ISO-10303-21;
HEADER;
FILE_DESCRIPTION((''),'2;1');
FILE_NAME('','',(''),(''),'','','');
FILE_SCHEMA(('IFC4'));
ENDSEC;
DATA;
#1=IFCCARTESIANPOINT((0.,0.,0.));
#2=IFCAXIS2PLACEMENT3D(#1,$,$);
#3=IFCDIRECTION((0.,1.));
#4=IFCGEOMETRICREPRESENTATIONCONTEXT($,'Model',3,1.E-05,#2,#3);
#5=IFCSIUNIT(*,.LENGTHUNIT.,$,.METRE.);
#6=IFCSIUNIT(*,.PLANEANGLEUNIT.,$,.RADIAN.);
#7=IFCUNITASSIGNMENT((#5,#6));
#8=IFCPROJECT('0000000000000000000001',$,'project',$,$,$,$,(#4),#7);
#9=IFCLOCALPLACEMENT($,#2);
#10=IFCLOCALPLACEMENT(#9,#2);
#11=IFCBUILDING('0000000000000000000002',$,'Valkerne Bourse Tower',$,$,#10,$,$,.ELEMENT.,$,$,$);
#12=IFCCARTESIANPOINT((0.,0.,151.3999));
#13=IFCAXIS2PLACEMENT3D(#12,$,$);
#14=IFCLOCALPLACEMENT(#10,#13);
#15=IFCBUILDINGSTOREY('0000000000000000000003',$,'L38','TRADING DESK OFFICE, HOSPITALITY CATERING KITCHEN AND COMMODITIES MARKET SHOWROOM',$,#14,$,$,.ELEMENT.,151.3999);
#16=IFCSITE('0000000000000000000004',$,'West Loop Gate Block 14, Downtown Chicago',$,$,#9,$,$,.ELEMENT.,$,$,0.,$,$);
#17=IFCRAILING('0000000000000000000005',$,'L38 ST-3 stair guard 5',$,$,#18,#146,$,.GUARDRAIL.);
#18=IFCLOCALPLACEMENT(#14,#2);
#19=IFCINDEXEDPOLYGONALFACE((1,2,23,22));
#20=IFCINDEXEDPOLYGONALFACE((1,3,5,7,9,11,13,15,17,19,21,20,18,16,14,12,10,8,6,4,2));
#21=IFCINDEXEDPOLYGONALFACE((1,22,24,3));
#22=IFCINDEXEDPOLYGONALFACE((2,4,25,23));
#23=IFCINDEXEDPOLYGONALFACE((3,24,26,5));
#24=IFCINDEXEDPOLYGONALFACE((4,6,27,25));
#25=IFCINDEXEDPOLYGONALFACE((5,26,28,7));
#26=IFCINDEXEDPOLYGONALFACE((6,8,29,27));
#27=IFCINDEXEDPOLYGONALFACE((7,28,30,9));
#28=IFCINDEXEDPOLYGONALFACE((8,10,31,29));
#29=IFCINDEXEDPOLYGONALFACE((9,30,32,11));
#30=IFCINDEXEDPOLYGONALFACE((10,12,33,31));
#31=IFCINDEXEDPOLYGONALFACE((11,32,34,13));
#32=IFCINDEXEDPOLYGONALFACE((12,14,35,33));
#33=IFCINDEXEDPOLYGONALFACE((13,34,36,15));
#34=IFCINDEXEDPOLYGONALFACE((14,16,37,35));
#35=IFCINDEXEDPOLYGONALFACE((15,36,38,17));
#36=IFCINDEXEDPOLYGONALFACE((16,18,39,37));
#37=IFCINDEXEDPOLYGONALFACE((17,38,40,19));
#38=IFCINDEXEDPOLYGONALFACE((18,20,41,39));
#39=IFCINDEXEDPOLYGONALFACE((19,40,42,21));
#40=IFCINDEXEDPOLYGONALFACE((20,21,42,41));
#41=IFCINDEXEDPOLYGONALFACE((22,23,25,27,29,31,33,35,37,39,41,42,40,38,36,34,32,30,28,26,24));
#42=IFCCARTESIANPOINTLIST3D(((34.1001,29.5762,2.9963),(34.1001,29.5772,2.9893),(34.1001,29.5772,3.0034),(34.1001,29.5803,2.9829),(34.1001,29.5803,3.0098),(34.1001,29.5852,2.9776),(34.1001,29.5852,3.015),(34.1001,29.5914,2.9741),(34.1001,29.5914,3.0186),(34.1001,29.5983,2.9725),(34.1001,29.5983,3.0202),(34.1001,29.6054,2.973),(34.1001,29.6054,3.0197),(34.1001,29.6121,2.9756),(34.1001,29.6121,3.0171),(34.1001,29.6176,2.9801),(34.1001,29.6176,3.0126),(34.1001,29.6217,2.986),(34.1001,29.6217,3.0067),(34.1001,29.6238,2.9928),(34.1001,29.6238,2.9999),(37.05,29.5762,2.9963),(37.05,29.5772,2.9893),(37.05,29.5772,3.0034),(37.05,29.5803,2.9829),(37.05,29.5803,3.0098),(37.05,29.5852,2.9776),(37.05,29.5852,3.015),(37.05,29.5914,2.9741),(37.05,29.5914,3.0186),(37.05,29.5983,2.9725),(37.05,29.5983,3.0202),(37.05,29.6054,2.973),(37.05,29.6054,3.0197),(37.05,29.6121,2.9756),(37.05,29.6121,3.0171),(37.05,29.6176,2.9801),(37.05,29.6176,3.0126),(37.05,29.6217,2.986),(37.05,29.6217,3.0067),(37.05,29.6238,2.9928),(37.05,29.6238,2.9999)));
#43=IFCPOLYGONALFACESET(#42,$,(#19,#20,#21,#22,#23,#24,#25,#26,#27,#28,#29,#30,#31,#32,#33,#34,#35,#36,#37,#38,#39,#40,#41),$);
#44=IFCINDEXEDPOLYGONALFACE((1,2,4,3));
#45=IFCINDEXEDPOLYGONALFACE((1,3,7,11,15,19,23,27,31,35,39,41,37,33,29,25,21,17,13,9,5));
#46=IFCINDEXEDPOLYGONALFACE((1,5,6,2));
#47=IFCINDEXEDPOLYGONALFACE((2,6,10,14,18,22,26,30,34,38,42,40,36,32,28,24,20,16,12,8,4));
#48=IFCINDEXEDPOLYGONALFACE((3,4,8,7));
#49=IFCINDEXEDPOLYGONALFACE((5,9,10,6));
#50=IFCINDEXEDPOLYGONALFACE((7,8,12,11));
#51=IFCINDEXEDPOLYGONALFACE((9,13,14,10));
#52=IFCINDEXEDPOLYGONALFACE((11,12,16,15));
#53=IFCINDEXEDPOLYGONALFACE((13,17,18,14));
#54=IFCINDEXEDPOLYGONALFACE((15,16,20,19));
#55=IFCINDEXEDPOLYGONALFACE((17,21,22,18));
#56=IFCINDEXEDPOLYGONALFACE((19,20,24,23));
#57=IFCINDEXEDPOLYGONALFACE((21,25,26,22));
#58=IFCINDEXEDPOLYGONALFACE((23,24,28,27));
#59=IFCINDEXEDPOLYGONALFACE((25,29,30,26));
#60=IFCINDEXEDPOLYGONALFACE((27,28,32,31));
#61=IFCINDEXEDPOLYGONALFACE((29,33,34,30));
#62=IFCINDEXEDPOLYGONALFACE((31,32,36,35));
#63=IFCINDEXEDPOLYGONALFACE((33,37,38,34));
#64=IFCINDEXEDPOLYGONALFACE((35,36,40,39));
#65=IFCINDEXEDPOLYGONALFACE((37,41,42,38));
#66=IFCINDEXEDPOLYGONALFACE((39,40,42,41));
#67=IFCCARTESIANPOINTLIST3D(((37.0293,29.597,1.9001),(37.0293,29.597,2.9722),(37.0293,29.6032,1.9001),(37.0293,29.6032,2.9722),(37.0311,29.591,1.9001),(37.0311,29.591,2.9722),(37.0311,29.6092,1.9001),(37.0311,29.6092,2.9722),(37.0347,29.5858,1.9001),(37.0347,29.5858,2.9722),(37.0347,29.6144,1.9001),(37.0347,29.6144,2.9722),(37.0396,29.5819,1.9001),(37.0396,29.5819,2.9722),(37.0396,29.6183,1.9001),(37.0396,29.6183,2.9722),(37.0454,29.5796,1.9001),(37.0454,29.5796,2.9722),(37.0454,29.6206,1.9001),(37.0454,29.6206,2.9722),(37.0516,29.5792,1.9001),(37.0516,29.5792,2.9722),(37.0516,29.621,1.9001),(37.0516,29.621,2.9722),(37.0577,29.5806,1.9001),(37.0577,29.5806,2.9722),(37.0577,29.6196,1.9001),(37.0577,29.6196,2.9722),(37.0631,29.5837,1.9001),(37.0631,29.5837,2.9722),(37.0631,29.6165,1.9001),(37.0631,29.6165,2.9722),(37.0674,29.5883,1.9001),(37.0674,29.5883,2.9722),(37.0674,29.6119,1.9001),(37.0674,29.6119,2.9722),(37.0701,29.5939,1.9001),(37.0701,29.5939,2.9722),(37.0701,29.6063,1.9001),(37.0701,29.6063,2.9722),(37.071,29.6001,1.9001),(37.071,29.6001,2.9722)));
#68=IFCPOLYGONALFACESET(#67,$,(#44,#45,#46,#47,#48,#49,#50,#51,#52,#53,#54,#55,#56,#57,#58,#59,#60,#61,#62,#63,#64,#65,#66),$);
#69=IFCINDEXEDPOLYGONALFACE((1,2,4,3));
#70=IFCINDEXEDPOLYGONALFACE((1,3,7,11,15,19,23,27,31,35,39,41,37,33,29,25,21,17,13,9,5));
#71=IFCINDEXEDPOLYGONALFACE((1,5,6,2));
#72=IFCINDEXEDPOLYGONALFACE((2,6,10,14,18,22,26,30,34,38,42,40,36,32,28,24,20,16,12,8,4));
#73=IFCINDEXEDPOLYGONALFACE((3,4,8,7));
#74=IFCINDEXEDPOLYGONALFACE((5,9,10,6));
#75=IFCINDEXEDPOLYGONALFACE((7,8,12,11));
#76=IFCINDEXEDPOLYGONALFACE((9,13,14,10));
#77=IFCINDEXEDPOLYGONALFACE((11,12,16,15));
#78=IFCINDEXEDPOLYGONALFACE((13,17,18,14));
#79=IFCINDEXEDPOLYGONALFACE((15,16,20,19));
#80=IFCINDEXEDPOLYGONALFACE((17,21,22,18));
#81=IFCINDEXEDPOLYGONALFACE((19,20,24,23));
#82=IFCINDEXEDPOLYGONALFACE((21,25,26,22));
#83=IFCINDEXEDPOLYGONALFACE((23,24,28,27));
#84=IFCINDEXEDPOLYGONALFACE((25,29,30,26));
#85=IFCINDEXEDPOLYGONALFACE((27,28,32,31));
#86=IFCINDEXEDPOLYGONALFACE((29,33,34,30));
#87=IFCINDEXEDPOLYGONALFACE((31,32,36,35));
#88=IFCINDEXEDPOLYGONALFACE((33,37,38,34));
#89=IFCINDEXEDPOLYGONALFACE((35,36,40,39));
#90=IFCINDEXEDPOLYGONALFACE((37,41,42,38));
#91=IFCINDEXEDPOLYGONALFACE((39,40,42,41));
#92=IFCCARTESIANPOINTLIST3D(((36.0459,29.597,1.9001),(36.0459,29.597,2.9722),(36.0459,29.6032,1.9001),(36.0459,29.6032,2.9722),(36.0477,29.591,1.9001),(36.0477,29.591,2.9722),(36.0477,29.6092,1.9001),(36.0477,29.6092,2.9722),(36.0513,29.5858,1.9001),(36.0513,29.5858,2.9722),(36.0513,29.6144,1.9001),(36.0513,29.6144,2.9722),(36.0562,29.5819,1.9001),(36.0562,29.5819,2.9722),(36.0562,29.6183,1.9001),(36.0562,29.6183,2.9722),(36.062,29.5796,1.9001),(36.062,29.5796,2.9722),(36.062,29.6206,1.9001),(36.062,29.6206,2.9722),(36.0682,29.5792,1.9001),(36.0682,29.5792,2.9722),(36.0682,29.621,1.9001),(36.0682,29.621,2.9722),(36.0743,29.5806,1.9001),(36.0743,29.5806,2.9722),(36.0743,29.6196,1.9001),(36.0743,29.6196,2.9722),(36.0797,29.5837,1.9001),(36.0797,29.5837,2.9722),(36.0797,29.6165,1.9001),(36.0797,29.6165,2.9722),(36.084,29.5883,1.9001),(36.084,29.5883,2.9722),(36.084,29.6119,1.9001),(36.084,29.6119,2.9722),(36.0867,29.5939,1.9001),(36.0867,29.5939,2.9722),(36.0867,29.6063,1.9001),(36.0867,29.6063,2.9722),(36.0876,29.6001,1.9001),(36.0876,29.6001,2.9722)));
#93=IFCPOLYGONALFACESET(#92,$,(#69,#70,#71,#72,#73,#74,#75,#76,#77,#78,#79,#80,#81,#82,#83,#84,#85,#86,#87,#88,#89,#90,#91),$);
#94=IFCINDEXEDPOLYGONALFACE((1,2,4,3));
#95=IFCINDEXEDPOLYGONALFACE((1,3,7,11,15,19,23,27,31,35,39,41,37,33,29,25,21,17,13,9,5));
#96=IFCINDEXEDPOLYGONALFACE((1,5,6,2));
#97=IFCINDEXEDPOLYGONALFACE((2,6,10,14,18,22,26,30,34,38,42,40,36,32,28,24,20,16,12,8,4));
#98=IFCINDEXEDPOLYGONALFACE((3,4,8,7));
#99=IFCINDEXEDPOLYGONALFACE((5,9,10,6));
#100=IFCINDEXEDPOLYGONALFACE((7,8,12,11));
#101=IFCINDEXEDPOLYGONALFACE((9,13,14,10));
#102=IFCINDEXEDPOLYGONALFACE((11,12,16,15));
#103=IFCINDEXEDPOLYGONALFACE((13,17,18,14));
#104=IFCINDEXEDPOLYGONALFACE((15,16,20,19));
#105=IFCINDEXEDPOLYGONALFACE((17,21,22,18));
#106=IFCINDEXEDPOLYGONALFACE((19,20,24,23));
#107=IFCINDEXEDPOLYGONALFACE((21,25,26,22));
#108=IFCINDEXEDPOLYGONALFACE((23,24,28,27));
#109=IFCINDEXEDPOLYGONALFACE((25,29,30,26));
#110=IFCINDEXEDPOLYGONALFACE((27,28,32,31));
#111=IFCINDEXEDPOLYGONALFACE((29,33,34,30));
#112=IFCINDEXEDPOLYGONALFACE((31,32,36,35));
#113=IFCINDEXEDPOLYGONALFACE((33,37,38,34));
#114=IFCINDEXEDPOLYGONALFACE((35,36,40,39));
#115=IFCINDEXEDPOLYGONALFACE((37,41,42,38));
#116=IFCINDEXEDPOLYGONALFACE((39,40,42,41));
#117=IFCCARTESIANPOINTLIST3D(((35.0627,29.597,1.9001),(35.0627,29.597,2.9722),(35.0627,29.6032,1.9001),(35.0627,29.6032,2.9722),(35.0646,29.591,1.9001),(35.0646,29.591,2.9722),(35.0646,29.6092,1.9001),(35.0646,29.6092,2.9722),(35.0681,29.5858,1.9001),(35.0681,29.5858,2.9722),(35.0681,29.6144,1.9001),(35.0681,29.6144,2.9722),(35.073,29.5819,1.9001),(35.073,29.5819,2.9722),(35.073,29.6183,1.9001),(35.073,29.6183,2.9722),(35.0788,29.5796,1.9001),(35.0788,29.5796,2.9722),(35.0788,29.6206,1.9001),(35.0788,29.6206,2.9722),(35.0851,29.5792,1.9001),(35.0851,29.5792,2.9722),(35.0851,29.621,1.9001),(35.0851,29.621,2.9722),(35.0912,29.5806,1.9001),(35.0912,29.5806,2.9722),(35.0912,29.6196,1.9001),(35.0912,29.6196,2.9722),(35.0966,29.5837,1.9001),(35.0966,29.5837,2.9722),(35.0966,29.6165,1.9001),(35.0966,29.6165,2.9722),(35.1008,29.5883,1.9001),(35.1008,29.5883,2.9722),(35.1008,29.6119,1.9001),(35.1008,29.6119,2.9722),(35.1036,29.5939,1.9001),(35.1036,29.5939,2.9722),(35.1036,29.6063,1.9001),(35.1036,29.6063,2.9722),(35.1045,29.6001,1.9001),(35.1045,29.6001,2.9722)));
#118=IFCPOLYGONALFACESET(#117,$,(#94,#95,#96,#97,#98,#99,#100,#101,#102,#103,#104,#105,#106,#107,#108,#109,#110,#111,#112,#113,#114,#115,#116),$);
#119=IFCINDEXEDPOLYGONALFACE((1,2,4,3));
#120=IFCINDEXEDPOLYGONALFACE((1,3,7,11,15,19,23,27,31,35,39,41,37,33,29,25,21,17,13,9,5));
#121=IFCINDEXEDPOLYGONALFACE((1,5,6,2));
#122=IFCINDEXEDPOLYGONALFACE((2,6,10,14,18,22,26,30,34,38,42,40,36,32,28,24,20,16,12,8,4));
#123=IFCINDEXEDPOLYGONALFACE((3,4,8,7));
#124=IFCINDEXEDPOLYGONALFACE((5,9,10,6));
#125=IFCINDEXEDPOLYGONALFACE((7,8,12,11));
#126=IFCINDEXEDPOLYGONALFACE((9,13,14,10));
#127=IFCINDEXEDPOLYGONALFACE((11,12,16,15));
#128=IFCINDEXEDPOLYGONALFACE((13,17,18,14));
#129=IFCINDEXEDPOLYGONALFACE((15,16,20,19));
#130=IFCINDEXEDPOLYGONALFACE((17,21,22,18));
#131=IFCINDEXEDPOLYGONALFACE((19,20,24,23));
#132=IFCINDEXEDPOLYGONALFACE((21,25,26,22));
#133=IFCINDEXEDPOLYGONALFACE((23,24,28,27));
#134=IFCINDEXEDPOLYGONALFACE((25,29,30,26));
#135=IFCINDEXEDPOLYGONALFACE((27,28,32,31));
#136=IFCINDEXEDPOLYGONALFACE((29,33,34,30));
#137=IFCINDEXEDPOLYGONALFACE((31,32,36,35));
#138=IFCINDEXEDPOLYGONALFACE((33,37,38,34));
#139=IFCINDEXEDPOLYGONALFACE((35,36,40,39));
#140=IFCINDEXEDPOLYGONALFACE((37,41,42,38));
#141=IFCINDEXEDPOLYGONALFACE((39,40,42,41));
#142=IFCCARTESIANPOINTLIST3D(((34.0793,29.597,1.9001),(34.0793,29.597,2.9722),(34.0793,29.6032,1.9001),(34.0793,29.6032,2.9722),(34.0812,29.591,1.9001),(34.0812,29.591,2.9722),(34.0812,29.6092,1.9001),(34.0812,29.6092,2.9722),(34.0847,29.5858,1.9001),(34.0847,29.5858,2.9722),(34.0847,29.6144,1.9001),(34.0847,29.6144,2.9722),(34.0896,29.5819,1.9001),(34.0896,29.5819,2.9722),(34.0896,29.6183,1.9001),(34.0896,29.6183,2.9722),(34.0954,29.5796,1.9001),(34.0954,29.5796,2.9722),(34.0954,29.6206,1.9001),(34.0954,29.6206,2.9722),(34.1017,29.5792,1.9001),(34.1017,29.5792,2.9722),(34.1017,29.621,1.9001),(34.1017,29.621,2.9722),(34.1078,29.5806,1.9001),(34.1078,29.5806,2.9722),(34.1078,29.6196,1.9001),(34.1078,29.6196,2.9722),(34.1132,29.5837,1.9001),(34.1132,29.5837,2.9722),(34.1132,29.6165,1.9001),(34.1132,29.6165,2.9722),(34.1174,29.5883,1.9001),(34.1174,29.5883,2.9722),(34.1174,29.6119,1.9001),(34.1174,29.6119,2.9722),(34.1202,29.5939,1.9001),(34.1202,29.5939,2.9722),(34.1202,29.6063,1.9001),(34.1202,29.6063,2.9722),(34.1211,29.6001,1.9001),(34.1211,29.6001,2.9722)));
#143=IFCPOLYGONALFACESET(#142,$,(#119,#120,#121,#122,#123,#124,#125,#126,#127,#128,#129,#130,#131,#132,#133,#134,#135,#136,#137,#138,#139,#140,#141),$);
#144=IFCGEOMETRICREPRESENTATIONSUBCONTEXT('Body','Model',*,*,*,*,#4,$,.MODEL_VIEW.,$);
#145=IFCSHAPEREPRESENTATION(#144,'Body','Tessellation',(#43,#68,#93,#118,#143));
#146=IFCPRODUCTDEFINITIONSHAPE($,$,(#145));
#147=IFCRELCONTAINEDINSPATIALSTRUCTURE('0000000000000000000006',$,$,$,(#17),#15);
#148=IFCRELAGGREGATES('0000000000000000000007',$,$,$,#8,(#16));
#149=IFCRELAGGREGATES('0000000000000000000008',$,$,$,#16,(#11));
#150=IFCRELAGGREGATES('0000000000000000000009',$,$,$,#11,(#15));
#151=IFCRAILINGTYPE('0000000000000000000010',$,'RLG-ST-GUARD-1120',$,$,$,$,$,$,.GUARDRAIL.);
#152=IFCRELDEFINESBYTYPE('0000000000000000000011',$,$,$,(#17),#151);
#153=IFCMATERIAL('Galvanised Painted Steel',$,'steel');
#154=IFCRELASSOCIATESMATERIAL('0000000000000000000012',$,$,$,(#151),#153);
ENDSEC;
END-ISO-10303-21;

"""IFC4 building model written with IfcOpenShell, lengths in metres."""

from ifc_helpers import new_model, si_unit, direction, frame, origin, origin_2d, place, context, subcontext, project, spatial, circle, extrude, material, type_object, element, save


model = new_model("IFC4")

# Units and contexts
model_context = context("Model", 3, precision=1e-05, world=origin(), true_north=direction((0.0, 1.0)))
body_context = subcontext(model_context, "Body", "Model", "MODEL_VIEW")
ifc_project = project(units=[si_unit("LENGTHUNIT", "METRE"), si_unit("PLANEANGLEUNIT", "RADIAN")], contexts=[model_context])

# Site, building, storey
site_placement = place(None, origin())
site = spatial("IfcSite", under=ifc_project, at=site_placement, Name="West Loop Gate Block 14, Downtown Chicago", CompositionType="ELEMENT", RefElevation=0.0)
building_placement = place(site_placement, origin())
building = spatial("IfcBuilding", under=site, at=building_placement, Name="Valkerne Bourse Tower", CompositionType="ELEMENT")
storey_placement = place(building_placement, frame((0.0, 0.0, 151.3999)))
storey = spatial("IfcBuildingStorey", under=building, at=storey_placement, Name="L38", Description="TRADING DESK OFFICE, HOSPITALITY CATERING KITCHEN AND COMMODITIES MARKET SHOWROOM", CompositionType="ELEMENT", Elevation=151.3999)

# Railing
ifc_material_1 = material(Name="Galvanised Painted Steel", Category="steel")
railing_type_1 = type_object("IfcRailingType", Name="RLG-ST-GUARD-1120", PredefinedType="GUARDRAIL", material=ifc_material_1)
railing_1_placement = place(storey_placement, frame((37.05, 29.6001, 1.9001)))
element("IfcRailing", 1, at=railing_1_placement, inside=storey, type_object=railing_type_1, Name="L38 ST-3 stair guard 5", PredefinedType="GUARDRAIL", context=body_context, shape_type="SweptSolid", body=[
    extrude(circle(Radius=0.0239, at=origin_2d()), frame((0.0, 0.0, 1.0962), z_axis=(-1.0, 0.0, 0.0), x_axis=(0.0, -1.0, 0.0)), (0.0, 0.0, 1.0), 2.95),
    extrude(circle(Radius=0.021, at=origin_2d()), origin(), (0.0, 0.0, 1.0), 1.072),
    extrude(circle(Radius=0.021, at=origin_2d()), frame((-0.9834, 0.0, 0.0)), (0.0, 0.0, 1.0), 1.072),
    extrude(circle(Radius=0.021, at=origin_2d()), frame((-1.9666, 0.0, 0.0)), (0.0, 0.0, 1.0), 1.072),
    extrude(circle(Radius=0.021, at=origin_2d()), frame((-2.95, 0.0, 0.0)), (0.0, 0.0, 1.0), 1.072),
])

save(model, "model.ifc")
